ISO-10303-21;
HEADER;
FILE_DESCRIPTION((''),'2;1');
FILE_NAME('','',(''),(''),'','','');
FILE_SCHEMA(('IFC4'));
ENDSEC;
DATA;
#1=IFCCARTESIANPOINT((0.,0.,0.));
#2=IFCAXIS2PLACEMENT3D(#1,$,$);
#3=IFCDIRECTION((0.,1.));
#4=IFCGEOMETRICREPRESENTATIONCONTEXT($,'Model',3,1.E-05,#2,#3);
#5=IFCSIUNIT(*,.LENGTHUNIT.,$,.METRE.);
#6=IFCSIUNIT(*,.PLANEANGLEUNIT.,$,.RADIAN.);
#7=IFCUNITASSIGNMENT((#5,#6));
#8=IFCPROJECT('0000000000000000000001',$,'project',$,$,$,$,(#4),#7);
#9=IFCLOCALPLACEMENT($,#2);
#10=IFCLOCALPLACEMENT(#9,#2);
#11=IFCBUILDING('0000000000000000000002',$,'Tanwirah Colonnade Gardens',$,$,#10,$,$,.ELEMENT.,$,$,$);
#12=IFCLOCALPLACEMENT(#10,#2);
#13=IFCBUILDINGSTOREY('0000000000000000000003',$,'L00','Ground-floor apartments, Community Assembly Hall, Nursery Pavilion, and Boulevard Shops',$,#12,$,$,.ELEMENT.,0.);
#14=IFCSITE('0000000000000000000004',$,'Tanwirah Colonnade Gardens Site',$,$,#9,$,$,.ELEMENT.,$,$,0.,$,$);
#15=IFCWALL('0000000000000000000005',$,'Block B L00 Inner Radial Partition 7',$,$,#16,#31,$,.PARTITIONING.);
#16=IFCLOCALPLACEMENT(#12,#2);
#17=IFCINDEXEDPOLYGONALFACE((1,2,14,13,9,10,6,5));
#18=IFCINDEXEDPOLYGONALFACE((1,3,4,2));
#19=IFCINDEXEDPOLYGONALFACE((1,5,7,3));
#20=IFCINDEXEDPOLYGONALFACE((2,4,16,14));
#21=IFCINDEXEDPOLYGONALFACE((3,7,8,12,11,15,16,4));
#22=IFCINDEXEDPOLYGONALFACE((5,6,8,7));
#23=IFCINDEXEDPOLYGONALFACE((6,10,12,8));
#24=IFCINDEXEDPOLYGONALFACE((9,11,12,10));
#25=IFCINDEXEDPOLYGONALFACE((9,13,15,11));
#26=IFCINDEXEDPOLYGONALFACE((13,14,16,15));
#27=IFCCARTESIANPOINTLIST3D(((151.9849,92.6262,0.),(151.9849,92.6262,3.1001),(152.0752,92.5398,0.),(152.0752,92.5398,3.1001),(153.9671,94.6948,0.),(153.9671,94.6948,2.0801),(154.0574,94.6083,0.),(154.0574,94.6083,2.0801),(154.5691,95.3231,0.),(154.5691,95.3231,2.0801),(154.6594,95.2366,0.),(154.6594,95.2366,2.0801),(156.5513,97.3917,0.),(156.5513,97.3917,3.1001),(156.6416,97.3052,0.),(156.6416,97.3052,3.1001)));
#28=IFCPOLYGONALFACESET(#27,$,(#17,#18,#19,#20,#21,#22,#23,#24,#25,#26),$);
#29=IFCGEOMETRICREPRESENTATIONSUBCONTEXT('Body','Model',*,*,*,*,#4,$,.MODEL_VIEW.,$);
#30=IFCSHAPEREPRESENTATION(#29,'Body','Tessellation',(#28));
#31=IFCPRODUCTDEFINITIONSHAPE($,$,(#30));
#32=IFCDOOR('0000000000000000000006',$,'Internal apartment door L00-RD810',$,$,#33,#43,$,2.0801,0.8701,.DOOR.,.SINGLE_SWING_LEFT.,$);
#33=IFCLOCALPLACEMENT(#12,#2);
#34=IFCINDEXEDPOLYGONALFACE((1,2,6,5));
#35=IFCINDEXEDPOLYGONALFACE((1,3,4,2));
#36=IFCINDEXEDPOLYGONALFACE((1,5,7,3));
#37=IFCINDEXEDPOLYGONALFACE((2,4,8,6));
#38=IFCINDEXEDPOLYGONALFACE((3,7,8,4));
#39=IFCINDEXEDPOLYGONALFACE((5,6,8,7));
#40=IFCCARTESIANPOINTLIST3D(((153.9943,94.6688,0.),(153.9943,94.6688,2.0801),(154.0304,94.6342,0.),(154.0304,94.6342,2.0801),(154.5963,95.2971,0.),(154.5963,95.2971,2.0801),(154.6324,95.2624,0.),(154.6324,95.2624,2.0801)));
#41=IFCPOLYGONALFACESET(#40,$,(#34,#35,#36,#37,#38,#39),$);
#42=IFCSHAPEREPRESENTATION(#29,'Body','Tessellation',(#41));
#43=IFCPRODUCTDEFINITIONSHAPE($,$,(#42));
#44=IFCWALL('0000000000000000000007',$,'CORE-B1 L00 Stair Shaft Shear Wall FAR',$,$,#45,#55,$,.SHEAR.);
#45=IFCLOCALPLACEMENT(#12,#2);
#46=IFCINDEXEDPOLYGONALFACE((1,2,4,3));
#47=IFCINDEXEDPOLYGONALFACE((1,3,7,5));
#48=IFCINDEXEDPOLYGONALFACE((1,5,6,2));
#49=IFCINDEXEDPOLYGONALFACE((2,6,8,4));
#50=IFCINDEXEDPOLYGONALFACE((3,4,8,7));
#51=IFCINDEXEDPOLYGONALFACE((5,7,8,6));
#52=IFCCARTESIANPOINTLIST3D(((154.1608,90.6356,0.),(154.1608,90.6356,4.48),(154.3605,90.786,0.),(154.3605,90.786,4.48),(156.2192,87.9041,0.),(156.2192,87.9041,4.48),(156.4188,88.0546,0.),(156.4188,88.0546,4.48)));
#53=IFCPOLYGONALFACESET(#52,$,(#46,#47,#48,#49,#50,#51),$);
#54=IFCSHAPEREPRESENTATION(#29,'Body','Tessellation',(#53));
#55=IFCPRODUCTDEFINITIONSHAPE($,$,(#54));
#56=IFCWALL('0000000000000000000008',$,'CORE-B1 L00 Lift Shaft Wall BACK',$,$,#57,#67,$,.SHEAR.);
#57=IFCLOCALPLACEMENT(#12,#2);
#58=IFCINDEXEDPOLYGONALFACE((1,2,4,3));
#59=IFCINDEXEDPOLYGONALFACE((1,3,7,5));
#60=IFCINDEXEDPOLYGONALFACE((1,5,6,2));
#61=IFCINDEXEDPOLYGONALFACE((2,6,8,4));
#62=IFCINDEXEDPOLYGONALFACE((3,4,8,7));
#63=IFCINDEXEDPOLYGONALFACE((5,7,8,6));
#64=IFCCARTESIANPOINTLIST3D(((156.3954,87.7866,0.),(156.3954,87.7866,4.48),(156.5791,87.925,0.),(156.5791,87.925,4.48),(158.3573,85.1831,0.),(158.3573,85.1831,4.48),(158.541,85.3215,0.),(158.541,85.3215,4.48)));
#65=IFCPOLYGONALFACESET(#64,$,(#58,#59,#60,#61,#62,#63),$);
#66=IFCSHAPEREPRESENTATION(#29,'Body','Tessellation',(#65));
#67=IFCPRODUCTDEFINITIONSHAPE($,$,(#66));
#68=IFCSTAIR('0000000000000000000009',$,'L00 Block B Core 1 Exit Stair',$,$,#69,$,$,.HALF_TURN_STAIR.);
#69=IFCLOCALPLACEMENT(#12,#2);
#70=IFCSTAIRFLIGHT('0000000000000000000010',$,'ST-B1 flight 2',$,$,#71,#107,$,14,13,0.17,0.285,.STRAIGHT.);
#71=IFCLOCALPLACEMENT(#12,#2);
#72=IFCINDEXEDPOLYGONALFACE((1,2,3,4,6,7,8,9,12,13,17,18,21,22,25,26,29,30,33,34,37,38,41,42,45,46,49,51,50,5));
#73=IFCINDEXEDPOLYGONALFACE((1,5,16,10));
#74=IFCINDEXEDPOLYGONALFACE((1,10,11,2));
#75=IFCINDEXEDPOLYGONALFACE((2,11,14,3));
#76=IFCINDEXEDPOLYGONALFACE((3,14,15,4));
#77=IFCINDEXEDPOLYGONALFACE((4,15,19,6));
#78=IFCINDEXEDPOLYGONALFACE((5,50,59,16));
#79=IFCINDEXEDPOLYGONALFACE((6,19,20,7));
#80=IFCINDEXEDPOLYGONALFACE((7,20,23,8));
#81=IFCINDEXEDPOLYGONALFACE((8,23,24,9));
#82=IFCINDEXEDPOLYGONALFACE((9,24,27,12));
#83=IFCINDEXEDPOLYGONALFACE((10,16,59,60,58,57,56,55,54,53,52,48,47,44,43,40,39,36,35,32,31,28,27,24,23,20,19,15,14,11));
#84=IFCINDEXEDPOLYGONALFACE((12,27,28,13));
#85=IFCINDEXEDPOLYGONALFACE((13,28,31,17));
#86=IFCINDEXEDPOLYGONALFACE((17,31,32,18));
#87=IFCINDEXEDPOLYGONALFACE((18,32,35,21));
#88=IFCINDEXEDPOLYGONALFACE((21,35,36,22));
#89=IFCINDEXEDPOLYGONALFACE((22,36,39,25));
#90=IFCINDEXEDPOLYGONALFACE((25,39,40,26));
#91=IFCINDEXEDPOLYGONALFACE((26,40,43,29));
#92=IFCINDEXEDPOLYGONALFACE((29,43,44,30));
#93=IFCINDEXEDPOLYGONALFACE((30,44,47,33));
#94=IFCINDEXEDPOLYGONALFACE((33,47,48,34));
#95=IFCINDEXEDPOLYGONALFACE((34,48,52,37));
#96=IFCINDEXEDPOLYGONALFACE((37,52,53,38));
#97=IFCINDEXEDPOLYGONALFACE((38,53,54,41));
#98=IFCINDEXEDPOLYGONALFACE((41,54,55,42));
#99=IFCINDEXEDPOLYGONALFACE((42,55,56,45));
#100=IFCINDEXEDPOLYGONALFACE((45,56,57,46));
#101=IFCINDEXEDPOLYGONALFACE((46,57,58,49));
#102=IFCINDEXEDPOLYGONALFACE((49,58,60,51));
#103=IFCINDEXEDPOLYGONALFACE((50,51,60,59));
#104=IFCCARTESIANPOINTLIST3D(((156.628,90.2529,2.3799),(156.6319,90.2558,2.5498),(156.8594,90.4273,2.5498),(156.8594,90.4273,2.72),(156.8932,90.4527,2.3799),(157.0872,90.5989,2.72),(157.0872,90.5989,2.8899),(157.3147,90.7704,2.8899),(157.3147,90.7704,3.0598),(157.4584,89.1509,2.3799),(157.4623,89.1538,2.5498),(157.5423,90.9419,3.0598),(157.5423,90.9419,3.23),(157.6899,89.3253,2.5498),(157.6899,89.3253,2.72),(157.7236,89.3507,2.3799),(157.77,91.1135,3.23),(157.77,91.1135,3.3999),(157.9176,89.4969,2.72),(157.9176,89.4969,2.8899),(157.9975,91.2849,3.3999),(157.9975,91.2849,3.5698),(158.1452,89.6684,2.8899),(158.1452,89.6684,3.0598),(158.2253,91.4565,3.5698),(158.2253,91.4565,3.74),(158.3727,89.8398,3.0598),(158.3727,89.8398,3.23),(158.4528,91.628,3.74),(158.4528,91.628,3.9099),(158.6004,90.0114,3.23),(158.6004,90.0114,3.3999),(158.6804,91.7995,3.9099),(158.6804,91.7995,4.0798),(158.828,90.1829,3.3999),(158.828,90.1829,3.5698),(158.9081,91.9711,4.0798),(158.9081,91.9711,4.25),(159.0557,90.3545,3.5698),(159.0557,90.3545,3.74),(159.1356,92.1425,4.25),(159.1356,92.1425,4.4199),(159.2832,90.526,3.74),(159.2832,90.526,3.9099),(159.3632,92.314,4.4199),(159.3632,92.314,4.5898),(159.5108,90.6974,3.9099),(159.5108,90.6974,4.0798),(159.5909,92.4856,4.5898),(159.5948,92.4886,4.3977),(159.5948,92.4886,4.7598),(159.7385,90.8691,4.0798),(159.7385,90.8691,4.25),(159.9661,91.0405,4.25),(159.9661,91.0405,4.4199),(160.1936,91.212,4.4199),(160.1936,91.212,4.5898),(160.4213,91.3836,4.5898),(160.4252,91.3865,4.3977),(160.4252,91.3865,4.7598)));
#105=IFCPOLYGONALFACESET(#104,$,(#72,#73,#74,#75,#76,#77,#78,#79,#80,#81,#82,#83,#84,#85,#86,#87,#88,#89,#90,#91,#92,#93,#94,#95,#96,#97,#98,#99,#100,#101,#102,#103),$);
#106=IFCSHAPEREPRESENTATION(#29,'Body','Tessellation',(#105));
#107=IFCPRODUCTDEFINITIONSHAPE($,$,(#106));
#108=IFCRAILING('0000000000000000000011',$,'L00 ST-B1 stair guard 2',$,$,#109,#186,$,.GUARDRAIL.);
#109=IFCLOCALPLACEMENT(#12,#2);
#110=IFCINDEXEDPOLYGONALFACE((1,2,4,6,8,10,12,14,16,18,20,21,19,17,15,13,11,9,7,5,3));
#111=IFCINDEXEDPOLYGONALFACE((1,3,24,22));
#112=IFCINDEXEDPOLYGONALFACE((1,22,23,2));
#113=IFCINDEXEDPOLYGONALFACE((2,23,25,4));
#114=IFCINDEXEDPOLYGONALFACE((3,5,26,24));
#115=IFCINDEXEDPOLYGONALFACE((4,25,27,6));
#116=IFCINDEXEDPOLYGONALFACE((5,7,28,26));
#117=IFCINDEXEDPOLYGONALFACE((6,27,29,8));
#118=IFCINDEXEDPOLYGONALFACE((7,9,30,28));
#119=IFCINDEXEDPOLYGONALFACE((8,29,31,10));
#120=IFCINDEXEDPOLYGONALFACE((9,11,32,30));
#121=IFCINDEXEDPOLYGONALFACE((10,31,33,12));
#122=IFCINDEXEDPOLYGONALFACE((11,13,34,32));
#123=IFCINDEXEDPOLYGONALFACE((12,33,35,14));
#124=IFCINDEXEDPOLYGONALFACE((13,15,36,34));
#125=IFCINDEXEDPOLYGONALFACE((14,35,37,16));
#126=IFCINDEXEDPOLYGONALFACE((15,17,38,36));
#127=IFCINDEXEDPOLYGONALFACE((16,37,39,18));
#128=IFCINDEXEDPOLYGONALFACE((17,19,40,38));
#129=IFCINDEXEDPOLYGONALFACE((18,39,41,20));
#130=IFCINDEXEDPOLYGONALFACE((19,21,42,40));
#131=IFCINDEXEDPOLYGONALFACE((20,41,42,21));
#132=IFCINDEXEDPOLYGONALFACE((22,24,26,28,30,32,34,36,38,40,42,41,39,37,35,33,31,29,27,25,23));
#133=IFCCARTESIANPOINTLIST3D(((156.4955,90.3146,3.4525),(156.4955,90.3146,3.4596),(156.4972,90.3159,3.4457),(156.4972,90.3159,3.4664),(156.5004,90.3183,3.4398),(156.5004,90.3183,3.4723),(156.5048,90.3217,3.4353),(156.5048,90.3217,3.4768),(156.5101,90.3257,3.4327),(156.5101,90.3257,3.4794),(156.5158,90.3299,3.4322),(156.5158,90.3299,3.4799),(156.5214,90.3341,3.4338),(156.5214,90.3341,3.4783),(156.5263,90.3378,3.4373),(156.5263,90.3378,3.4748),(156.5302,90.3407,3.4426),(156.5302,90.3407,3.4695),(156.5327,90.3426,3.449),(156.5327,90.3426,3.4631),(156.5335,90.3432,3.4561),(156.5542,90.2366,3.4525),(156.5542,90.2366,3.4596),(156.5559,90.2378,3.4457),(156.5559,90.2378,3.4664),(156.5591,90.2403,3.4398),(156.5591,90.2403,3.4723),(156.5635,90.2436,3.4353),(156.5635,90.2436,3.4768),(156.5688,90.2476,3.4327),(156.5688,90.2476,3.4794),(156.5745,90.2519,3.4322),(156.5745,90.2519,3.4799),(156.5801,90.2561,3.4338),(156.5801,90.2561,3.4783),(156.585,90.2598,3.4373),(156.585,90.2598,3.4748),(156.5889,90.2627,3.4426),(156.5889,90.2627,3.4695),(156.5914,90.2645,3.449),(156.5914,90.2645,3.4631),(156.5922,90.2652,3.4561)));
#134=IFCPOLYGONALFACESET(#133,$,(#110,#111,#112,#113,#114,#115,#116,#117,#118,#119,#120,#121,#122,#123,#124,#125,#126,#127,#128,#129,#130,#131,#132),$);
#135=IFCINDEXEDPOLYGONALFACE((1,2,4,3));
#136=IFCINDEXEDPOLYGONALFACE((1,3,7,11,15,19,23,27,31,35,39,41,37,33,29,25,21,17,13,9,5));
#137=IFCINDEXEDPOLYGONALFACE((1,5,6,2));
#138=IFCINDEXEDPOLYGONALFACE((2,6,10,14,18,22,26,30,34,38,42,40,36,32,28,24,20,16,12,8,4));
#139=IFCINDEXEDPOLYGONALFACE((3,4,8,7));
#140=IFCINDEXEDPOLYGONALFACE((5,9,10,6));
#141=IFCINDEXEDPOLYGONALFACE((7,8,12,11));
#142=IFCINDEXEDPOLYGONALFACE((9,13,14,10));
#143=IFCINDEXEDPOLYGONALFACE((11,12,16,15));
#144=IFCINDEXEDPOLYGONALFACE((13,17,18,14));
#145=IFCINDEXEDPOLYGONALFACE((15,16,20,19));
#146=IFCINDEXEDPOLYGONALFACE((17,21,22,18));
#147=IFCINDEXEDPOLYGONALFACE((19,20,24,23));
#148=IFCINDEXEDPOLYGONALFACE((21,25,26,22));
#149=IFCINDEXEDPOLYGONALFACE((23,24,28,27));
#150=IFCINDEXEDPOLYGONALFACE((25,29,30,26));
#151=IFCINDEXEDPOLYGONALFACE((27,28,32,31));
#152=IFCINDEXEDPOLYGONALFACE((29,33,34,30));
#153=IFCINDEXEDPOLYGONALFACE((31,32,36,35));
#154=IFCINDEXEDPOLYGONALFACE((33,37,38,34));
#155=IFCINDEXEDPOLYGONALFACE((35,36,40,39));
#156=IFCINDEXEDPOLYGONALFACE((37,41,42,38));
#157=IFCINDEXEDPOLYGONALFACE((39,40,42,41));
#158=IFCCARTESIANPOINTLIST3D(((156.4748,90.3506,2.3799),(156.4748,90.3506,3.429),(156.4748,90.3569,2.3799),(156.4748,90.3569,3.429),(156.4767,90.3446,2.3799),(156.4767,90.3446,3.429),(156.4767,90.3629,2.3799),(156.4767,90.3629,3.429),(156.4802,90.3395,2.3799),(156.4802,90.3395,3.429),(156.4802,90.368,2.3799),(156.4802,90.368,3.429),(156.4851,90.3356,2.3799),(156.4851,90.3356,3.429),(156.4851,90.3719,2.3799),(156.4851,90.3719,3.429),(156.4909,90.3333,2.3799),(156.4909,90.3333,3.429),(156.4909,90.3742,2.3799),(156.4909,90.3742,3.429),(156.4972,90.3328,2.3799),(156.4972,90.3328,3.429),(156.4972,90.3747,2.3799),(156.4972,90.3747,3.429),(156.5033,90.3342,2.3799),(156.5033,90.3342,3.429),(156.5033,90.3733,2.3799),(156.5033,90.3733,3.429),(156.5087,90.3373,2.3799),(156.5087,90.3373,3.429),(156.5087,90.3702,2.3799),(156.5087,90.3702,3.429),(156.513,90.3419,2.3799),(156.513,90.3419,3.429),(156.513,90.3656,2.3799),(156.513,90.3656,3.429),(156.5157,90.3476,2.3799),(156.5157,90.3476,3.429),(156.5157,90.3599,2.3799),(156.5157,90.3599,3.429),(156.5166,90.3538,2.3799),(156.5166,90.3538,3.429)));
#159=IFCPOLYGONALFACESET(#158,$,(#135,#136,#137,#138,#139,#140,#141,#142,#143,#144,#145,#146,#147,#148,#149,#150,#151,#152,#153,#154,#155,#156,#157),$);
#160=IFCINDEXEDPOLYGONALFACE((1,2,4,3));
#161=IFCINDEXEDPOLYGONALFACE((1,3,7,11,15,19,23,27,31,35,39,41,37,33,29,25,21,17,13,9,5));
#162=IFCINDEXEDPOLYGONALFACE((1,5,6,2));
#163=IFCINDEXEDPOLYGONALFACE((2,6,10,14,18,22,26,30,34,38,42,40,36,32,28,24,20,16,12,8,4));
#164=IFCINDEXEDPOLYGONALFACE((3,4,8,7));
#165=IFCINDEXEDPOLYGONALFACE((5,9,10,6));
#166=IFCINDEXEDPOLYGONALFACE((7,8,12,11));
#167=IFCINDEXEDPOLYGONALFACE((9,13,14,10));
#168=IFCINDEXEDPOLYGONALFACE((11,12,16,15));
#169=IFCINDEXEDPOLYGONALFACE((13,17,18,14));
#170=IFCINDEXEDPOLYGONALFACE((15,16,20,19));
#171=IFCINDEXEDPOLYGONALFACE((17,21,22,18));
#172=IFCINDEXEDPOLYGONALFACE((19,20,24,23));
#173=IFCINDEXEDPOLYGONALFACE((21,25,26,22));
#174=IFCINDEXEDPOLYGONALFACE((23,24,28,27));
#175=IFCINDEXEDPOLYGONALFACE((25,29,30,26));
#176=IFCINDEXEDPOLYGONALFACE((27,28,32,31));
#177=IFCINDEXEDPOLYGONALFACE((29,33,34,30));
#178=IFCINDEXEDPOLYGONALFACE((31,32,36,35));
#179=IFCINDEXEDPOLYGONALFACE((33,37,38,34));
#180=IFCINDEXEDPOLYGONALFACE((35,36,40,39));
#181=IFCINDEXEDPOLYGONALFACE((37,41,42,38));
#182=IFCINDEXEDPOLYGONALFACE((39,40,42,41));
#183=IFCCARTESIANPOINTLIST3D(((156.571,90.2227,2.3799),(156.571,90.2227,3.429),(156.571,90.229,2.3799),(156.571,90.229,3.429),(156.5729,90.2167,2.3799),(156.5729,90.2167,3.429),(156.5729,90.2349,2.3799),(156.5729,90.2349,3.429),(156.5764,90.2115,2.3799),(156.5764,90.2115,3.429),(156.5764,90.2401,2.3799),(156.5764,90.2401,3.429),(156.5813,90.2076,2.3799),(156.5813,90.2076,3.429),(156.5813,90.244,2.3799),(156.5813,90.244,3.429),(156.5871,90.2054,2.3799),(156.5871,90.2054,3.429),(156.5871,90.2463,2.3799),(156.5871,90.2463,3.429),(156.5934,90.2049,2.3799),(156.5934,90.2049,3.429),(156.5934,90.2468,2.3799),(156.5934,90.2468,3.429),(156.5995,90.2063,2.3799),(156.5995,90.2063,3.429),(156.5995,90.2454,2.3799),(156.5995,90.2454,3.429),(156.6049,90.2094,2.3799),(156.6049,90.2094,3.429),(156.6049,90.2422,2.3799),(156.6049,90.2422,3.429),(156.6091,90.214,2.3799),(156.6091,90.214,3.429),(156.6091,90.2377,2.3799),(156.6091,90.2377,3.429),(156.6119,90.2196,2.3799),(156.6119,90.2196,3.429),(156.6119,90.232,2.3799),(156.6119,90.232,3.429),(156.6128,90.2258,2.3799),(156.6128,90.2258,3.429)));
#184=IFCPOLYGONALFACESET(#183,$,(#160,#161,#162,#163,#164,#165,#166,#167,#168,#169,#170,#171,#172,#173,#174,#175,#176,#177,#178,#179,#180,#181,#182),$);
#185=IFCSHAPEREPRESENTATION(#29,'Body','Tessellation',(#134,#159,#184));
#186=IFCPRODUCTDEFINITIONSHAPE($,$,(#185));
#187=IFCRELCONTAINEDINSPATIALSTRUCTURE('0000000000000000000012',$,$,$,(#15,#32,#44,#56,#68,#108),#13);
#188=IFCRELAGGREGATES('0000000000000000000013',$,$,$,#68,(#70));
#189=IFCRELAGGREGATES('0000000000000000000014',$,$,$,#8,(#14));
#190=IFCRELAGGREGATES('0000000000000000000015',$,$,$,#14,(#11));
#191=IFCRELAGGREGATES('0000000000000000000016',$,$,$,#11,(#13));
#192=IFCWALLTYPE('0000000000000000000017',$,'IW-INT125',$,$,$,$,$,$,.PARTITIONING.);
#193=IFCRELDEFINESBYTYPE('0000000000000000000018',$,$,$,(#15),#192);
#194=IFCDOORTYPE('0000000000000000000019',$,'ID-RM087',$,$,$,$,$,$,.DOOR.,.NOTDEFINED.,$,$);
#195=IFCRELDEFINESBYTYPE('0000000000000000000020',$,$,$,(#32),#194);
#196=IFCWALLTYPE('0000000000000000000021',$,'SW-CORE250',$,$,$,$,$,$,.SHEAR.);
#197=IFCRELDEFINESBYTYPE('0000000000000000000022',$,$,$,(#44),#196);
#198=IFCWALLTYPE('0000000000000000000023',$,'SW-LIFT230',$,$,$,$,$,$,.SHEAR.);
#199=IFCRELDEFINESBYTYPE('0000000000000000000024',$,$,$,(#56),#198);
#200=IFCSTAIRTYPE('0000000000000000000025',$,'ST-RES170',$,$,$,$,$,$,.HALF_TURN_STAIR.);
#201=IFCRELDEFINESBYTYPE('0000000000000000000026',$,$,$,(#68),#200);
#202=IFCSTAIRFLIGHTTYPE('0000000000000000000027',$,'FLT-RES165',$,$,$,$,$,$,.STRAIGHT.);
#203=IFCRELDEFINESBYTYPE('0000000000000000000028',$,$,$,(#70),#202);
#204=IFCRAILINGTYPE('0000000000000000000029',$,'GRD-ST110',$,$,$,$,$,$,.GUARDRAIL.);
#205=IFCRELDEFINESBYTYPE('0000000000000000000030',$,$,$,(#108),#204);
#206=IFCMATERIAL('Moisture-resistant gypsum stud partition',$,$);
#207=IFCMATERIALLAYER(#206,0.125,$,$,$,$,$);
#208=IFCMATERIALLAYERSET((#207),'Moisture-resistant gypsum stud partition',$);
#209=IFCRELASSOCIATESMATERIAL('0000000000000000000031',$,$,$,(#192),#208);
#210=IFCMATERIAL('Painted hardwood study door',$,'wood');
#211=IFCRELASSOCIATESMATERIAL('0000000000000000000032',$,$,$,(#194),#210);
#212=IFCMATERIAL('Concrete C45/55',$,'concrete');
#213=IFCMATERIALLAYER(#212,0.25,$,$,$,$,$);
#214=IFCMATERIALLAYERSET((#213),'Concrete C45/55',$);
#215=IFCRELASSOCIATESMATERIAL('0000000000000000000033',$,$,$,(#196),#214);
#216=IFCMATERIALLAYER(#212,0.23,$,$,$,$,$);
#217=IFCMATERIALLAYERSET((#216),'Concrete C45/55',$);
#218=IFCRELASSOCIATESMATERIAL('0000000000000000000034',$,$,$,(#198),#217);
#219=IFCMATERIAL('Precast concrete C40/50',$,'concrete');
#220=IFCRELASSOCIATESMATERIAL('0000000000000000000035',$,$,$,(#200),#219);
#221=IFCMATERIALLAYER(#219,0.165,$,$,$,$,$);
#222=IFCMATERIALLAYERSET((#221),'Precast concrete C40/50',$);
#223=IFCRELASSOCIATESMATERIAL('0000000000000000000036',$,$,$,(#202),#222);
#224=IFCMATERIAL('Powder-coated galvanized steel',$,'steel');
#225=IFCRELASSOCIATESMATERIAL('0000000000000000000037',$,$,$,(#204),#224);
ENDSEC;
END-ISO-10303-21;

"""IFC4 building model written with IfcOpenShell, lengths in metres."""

from ifc_helpers import new_model, si_unit, direction, frame, frame_2d, origin, origin_2d, place, context, subcontext, project, spatial, polyline, rectangle, circle, outline, extrude, material, layer, layer_set, type_object, element, fill, aggregate, save


model = new_model("IFC4")

# Units and contexts
model_context = context("Model", 3, precision=1e-05, world=origin(), true_north=direction((0.0, 1.0)))
body_context = subcontext(model_context, "Body", "Model", "MODEL_VIEW")
ifc_project = project(units=[si_unit("LENGTHUNIT", "METRE"), si_unit("PLANEANGLEUNIT", "RADIAN")], contexts=[model_context])

# Site, building, storey
site_placement = place(None, origin())
site = spatial("IfcSite", under=ifc_project, at=site_placement, Name="Tanwirah Colonnade Gardens Site", CompositionType="ELEMENT", RefElevation=0.0)
building_placement = place(site_placement, origin())
building = spatial("IfcBuilding", under=site, at=building_placement, Name="Tanwirah Colonnade Gardens", CompositionType="ELEMENT")
storey_placement = place(building_placement, origin())
storey = spatial("IfcBuildingStorey", under=building, at=storey_placement, Name="L00", Description="Ground-floor apartments, Community Assembly Hall, Nursery Pavilion, and Boulevard Shops", CompositionType="ELEMENT", Elevation=0.0)

# Shared definitions
ifc_material_1 = material(Name="Precast concrete C40/50", Category="concrete")

# Wall, opening, door
ifc_material_2 = material(Name="Moisture-resistant gypsum stud partition")
ifc_layer_1 = layer(ifc_material_2, 0.125)
ifc_layer_set_1 = layer_set([ifc_layer_1], Name="Moisture-resistant gypsum stud partition")
wall_type_1 = type_object("IfcWallType", Name="IW-INT125", PredefinedType="PARTITIONING", material=ifc_layer_set_1)
wall_1_placement = place(storey_placement, frame((152.03, 92.583, 0.0), z_axis=(0.0, 0.0, 1.0), x_axis=(0.691872, 0.72202, 0.0)))
wall_1 = element("IfcWall", 1, at=wall_1_placement, inside=storey, type_object=wall_type_1, Name="Block B L00 Inner Radial Partition 7", PredefinedType="PARTITIONING", context=body_context, shape_type="SweptSolid", body=[
    extrude(rectangle(XDim=6.6001, YDim=0.125, at=frame_2d((3.3, 0.0))), origin(), (0.0, 0.0, 1.0), 3.1001),
])
opening_placement = place(wall_1_placement, frame((2.865, 0.0, 0.0)))
opening = element("IfcOpeningElement", 2, at=opening_placement, cuts=wall_1, PredefinedType="OPENING", context=body_context, shape_type="SweptSolid", body=[
    extrude(rectangle(XDim=0.8701, YDim=2.0801, at=frame_2d((0.4351, 1.04))), frame((0.0, 0.0725, 0.0), z_axis=(0.0, -1.0, 0.0), x_axis=(1.0, 0.0, 0.0)), (0.0, 0.0, 1.0), 0.145),
])
ifc_material_3 = material(Name="Painted hardwood study door", Category="wood")
door_type = type_object("IfcDoorType", Name="ID-RM087", OperationType="NOTDEFINED", PredefinedType="DOOR", material=ifc_material_3)
door_placement = place(opening_placement, origin())
door = element("IfcDoor", 3, at=door_placement, inside=storey, type_object=door_type, Name="Internal apartment door L00-RD810", OperationType="SINGLE_SWING_LEFT", OverallHeight=2.0801, OverallWidth=0.8701, PredefinedType="DOOR", context=body_context, shape_type="SweptSolid", body=[
    extrude(rectangle(XDim=0.8701, YDim=2.0801, at=frame_2d((0.4351, 1.04))), frame((0.0, 0.0249, 0.0), z_axis=(0.0, -1.0, 0.0), x_axis=(1.0, 0.0, 0.0)), (0.0, 0.0, 1.0), 0.05),
])
fill(opening, door)

# Walls
ifc_material_4 = material(Name="Concrete C45/55", Category="concrete")
ifc_layer_2 = layer(ifc_material_4, 0.25)
ifc_layer_set_2 = layer_set([ifc_layer_2], Name="Concrete C45/55")
wall_type_2 = type_object("IfcWallType", Name="SW-CORE250", PredefinedType="SHEAR", material=ifc_layer_set_2)
wall_2_placement = place(storey_placement, frame((154.2607, 90.7107, 0.0), z_axis=(0.0, 0.0, 1.0), x_axis=(0.601826, -0.798627, 0.0)))
element("IfcWall", 4, at=wall_2_placement, inside=storey, type_object=wall_type_2, Name="CORE-B1 L00 Stair Shaft Shear Wall FAR", PredefinedType="SHEAR", context=body_context, shape_type="SweptSolid", body=[
    extrude(rectangle(XDim=3.4202, YDim=0.25, at=frame_2d((1.71, 0.0))), origin(), (0.0, 0.0, 1.0), 4.48),
])
ifc_layer_3 = layer(ifc_material_4, 0.23)
ifc_layer_set_3 = layer_set([ifc_layer_3], Name="Concrete C45/55")
wall_type_3 = type_object("IfcWallType", Name="SW-LIFT230", PredefinedType="SHEAR", material=ifc_layer_set_3)
wall_3_placement = place(storey_placement, frame((156.4873, 87.8557, 0.0), z_axis=(0.0, 0.0, 1.0), x_axis=(0.60182, -0.798632, 0.0)))
element("IfcWall", 5, at=wall_3_placement, inside=storey, type_object=wall_type_3, Name="CORE-B1 L00 Lift Shaft Wall BACK", PredefinedType="SHEAR", context=body_context, shape_type="SweptSolid", body=[
    extrude(rectangle(XDim=3.26, YDim=0.23, at=frame_2d((1.6299, 0.0))), origin(), (0.0, 0.0, 1.0), 4.48),
])

# Stair, stair flight
stair_type = type_object("IfcStairType", Name="ST-RES170", PredefinedType="HALF_TURN_STAIR", material=ifc_material_1)
stair_placement = place(storey_placement, origin())
stair = element("IfcStair", 6, at=stair_placement, inside=storey, type_object=stair_type, Name="L00 Block B Core 1 Exit Stair", PredefinedType="HALF_TURN_STAIR")
ifc_layer_4 = layer(ifc_material_1, 0.165)
ifc_layer_set_4 = layer_set([ifc_layer_4], Name="Precast concrete C40/50")
stair_flight_type = type_object("IfcStairFlightType", Name="FLT-RES165", PredefinedType="STRAIGHT", material=ifc_layer_set_4)
stair_flight_placement = place(storey_placement, frame((157.0471, 89.7048, 2.3799), z_axis=(0.0, 0.0, 1.0), x_axis=(0.798636, 0.601815, 0.0)))
stair_flight = element("IfcStairFlight", 7, at=stair_flight_placement, type_object=stair_flight_type, Name="ST-B1 flight 2", NumberOfRisers=14, NumberOfTreads=13, PredefinedType="STRAIGHT", RiserHeight=0.17, TreadLength=0.285, context=body_context, shape_type="SweptSolid", body=[
    extrude(outline(polyline([(-0.0049, 0.0), (0.0, 0.1699), (0.2849, 0.1699), (0.2849, 0.3401), (0.5701, 0.3401), (0.5701, 0.51), (0.855, 0.51), (0.855, 0.6799), (1.1399, 0.6799), (1.1399, 0.8501), (1.425, 0.8501), (1.425, 1.02), (1.71, 1.02), (1.71, 1.1899), (1.9951, 1.1899), (1.9951, 1.3601), (2.28, 1.3601), (2.28, 1.53), (2.5649, 1.53), (2.5649, 1.7), (2.8501, 1.7), (2.8501, 1.8701), (3.135, 1.8701), (3.135, 2.04), (3.4199, 2.04), (3.4199, 2.21), (3.7051, 2.21), (3.71, 2.3799), (3.71, 2.0178), (0.3271, 0.0), (-0.0049, 0.0)])), frame((0.0, 0.6899, 0.0), z_axis=(0.0, -1.0, 0.0), x_axis=(1.0, 0.0, 0.0)), (0.0, 0.0, 1.0), 1.3799),
])
aggregate(stair, [stair_flight])

# Railing
ifc_material_5 = material(Name="Powder-coated galvanized steel", Category="steel")
railing_type_1 = type_object("IfcRailingType", Name="GRD-ST110", PredefinedType="GUARDRAIL", material=ifc_material_5)
railing_1_placement = place(storey_placement, frame((156.4956, 90.3538, 2.3799)))
element("IfcRailing", 8, at=railing_1_placement, inside=storey, type_object=railing_type_1, Name="L00 ST-B1 stair guard 2", PredefinedType="GUARDRAIL", context=body_context, shape_type="SweptSolid", body=[
    extrude(circle(Radius=0.0239, at=origin_2d()), frame((0.0188, -0.0249, 1.0762), z_axis=(0.600976, -0.799267, 0.0), x_axis=(0.799267, 0.600976, 0.0)), (0.0, 0.0, 1.0), 0.0977),
    extrude(circle(Radius=0.021, at=origin_2d()), origin(), (0.0, 0.0, 1.0), 1.0491),
    extrude(circle(Radius=0.021, at=origin_2d()), frame((0.0962, -0.1279, 0.0)), (0.0, 0.0, 1.0), 1.0491),
])

save(model, "model.ifc")
